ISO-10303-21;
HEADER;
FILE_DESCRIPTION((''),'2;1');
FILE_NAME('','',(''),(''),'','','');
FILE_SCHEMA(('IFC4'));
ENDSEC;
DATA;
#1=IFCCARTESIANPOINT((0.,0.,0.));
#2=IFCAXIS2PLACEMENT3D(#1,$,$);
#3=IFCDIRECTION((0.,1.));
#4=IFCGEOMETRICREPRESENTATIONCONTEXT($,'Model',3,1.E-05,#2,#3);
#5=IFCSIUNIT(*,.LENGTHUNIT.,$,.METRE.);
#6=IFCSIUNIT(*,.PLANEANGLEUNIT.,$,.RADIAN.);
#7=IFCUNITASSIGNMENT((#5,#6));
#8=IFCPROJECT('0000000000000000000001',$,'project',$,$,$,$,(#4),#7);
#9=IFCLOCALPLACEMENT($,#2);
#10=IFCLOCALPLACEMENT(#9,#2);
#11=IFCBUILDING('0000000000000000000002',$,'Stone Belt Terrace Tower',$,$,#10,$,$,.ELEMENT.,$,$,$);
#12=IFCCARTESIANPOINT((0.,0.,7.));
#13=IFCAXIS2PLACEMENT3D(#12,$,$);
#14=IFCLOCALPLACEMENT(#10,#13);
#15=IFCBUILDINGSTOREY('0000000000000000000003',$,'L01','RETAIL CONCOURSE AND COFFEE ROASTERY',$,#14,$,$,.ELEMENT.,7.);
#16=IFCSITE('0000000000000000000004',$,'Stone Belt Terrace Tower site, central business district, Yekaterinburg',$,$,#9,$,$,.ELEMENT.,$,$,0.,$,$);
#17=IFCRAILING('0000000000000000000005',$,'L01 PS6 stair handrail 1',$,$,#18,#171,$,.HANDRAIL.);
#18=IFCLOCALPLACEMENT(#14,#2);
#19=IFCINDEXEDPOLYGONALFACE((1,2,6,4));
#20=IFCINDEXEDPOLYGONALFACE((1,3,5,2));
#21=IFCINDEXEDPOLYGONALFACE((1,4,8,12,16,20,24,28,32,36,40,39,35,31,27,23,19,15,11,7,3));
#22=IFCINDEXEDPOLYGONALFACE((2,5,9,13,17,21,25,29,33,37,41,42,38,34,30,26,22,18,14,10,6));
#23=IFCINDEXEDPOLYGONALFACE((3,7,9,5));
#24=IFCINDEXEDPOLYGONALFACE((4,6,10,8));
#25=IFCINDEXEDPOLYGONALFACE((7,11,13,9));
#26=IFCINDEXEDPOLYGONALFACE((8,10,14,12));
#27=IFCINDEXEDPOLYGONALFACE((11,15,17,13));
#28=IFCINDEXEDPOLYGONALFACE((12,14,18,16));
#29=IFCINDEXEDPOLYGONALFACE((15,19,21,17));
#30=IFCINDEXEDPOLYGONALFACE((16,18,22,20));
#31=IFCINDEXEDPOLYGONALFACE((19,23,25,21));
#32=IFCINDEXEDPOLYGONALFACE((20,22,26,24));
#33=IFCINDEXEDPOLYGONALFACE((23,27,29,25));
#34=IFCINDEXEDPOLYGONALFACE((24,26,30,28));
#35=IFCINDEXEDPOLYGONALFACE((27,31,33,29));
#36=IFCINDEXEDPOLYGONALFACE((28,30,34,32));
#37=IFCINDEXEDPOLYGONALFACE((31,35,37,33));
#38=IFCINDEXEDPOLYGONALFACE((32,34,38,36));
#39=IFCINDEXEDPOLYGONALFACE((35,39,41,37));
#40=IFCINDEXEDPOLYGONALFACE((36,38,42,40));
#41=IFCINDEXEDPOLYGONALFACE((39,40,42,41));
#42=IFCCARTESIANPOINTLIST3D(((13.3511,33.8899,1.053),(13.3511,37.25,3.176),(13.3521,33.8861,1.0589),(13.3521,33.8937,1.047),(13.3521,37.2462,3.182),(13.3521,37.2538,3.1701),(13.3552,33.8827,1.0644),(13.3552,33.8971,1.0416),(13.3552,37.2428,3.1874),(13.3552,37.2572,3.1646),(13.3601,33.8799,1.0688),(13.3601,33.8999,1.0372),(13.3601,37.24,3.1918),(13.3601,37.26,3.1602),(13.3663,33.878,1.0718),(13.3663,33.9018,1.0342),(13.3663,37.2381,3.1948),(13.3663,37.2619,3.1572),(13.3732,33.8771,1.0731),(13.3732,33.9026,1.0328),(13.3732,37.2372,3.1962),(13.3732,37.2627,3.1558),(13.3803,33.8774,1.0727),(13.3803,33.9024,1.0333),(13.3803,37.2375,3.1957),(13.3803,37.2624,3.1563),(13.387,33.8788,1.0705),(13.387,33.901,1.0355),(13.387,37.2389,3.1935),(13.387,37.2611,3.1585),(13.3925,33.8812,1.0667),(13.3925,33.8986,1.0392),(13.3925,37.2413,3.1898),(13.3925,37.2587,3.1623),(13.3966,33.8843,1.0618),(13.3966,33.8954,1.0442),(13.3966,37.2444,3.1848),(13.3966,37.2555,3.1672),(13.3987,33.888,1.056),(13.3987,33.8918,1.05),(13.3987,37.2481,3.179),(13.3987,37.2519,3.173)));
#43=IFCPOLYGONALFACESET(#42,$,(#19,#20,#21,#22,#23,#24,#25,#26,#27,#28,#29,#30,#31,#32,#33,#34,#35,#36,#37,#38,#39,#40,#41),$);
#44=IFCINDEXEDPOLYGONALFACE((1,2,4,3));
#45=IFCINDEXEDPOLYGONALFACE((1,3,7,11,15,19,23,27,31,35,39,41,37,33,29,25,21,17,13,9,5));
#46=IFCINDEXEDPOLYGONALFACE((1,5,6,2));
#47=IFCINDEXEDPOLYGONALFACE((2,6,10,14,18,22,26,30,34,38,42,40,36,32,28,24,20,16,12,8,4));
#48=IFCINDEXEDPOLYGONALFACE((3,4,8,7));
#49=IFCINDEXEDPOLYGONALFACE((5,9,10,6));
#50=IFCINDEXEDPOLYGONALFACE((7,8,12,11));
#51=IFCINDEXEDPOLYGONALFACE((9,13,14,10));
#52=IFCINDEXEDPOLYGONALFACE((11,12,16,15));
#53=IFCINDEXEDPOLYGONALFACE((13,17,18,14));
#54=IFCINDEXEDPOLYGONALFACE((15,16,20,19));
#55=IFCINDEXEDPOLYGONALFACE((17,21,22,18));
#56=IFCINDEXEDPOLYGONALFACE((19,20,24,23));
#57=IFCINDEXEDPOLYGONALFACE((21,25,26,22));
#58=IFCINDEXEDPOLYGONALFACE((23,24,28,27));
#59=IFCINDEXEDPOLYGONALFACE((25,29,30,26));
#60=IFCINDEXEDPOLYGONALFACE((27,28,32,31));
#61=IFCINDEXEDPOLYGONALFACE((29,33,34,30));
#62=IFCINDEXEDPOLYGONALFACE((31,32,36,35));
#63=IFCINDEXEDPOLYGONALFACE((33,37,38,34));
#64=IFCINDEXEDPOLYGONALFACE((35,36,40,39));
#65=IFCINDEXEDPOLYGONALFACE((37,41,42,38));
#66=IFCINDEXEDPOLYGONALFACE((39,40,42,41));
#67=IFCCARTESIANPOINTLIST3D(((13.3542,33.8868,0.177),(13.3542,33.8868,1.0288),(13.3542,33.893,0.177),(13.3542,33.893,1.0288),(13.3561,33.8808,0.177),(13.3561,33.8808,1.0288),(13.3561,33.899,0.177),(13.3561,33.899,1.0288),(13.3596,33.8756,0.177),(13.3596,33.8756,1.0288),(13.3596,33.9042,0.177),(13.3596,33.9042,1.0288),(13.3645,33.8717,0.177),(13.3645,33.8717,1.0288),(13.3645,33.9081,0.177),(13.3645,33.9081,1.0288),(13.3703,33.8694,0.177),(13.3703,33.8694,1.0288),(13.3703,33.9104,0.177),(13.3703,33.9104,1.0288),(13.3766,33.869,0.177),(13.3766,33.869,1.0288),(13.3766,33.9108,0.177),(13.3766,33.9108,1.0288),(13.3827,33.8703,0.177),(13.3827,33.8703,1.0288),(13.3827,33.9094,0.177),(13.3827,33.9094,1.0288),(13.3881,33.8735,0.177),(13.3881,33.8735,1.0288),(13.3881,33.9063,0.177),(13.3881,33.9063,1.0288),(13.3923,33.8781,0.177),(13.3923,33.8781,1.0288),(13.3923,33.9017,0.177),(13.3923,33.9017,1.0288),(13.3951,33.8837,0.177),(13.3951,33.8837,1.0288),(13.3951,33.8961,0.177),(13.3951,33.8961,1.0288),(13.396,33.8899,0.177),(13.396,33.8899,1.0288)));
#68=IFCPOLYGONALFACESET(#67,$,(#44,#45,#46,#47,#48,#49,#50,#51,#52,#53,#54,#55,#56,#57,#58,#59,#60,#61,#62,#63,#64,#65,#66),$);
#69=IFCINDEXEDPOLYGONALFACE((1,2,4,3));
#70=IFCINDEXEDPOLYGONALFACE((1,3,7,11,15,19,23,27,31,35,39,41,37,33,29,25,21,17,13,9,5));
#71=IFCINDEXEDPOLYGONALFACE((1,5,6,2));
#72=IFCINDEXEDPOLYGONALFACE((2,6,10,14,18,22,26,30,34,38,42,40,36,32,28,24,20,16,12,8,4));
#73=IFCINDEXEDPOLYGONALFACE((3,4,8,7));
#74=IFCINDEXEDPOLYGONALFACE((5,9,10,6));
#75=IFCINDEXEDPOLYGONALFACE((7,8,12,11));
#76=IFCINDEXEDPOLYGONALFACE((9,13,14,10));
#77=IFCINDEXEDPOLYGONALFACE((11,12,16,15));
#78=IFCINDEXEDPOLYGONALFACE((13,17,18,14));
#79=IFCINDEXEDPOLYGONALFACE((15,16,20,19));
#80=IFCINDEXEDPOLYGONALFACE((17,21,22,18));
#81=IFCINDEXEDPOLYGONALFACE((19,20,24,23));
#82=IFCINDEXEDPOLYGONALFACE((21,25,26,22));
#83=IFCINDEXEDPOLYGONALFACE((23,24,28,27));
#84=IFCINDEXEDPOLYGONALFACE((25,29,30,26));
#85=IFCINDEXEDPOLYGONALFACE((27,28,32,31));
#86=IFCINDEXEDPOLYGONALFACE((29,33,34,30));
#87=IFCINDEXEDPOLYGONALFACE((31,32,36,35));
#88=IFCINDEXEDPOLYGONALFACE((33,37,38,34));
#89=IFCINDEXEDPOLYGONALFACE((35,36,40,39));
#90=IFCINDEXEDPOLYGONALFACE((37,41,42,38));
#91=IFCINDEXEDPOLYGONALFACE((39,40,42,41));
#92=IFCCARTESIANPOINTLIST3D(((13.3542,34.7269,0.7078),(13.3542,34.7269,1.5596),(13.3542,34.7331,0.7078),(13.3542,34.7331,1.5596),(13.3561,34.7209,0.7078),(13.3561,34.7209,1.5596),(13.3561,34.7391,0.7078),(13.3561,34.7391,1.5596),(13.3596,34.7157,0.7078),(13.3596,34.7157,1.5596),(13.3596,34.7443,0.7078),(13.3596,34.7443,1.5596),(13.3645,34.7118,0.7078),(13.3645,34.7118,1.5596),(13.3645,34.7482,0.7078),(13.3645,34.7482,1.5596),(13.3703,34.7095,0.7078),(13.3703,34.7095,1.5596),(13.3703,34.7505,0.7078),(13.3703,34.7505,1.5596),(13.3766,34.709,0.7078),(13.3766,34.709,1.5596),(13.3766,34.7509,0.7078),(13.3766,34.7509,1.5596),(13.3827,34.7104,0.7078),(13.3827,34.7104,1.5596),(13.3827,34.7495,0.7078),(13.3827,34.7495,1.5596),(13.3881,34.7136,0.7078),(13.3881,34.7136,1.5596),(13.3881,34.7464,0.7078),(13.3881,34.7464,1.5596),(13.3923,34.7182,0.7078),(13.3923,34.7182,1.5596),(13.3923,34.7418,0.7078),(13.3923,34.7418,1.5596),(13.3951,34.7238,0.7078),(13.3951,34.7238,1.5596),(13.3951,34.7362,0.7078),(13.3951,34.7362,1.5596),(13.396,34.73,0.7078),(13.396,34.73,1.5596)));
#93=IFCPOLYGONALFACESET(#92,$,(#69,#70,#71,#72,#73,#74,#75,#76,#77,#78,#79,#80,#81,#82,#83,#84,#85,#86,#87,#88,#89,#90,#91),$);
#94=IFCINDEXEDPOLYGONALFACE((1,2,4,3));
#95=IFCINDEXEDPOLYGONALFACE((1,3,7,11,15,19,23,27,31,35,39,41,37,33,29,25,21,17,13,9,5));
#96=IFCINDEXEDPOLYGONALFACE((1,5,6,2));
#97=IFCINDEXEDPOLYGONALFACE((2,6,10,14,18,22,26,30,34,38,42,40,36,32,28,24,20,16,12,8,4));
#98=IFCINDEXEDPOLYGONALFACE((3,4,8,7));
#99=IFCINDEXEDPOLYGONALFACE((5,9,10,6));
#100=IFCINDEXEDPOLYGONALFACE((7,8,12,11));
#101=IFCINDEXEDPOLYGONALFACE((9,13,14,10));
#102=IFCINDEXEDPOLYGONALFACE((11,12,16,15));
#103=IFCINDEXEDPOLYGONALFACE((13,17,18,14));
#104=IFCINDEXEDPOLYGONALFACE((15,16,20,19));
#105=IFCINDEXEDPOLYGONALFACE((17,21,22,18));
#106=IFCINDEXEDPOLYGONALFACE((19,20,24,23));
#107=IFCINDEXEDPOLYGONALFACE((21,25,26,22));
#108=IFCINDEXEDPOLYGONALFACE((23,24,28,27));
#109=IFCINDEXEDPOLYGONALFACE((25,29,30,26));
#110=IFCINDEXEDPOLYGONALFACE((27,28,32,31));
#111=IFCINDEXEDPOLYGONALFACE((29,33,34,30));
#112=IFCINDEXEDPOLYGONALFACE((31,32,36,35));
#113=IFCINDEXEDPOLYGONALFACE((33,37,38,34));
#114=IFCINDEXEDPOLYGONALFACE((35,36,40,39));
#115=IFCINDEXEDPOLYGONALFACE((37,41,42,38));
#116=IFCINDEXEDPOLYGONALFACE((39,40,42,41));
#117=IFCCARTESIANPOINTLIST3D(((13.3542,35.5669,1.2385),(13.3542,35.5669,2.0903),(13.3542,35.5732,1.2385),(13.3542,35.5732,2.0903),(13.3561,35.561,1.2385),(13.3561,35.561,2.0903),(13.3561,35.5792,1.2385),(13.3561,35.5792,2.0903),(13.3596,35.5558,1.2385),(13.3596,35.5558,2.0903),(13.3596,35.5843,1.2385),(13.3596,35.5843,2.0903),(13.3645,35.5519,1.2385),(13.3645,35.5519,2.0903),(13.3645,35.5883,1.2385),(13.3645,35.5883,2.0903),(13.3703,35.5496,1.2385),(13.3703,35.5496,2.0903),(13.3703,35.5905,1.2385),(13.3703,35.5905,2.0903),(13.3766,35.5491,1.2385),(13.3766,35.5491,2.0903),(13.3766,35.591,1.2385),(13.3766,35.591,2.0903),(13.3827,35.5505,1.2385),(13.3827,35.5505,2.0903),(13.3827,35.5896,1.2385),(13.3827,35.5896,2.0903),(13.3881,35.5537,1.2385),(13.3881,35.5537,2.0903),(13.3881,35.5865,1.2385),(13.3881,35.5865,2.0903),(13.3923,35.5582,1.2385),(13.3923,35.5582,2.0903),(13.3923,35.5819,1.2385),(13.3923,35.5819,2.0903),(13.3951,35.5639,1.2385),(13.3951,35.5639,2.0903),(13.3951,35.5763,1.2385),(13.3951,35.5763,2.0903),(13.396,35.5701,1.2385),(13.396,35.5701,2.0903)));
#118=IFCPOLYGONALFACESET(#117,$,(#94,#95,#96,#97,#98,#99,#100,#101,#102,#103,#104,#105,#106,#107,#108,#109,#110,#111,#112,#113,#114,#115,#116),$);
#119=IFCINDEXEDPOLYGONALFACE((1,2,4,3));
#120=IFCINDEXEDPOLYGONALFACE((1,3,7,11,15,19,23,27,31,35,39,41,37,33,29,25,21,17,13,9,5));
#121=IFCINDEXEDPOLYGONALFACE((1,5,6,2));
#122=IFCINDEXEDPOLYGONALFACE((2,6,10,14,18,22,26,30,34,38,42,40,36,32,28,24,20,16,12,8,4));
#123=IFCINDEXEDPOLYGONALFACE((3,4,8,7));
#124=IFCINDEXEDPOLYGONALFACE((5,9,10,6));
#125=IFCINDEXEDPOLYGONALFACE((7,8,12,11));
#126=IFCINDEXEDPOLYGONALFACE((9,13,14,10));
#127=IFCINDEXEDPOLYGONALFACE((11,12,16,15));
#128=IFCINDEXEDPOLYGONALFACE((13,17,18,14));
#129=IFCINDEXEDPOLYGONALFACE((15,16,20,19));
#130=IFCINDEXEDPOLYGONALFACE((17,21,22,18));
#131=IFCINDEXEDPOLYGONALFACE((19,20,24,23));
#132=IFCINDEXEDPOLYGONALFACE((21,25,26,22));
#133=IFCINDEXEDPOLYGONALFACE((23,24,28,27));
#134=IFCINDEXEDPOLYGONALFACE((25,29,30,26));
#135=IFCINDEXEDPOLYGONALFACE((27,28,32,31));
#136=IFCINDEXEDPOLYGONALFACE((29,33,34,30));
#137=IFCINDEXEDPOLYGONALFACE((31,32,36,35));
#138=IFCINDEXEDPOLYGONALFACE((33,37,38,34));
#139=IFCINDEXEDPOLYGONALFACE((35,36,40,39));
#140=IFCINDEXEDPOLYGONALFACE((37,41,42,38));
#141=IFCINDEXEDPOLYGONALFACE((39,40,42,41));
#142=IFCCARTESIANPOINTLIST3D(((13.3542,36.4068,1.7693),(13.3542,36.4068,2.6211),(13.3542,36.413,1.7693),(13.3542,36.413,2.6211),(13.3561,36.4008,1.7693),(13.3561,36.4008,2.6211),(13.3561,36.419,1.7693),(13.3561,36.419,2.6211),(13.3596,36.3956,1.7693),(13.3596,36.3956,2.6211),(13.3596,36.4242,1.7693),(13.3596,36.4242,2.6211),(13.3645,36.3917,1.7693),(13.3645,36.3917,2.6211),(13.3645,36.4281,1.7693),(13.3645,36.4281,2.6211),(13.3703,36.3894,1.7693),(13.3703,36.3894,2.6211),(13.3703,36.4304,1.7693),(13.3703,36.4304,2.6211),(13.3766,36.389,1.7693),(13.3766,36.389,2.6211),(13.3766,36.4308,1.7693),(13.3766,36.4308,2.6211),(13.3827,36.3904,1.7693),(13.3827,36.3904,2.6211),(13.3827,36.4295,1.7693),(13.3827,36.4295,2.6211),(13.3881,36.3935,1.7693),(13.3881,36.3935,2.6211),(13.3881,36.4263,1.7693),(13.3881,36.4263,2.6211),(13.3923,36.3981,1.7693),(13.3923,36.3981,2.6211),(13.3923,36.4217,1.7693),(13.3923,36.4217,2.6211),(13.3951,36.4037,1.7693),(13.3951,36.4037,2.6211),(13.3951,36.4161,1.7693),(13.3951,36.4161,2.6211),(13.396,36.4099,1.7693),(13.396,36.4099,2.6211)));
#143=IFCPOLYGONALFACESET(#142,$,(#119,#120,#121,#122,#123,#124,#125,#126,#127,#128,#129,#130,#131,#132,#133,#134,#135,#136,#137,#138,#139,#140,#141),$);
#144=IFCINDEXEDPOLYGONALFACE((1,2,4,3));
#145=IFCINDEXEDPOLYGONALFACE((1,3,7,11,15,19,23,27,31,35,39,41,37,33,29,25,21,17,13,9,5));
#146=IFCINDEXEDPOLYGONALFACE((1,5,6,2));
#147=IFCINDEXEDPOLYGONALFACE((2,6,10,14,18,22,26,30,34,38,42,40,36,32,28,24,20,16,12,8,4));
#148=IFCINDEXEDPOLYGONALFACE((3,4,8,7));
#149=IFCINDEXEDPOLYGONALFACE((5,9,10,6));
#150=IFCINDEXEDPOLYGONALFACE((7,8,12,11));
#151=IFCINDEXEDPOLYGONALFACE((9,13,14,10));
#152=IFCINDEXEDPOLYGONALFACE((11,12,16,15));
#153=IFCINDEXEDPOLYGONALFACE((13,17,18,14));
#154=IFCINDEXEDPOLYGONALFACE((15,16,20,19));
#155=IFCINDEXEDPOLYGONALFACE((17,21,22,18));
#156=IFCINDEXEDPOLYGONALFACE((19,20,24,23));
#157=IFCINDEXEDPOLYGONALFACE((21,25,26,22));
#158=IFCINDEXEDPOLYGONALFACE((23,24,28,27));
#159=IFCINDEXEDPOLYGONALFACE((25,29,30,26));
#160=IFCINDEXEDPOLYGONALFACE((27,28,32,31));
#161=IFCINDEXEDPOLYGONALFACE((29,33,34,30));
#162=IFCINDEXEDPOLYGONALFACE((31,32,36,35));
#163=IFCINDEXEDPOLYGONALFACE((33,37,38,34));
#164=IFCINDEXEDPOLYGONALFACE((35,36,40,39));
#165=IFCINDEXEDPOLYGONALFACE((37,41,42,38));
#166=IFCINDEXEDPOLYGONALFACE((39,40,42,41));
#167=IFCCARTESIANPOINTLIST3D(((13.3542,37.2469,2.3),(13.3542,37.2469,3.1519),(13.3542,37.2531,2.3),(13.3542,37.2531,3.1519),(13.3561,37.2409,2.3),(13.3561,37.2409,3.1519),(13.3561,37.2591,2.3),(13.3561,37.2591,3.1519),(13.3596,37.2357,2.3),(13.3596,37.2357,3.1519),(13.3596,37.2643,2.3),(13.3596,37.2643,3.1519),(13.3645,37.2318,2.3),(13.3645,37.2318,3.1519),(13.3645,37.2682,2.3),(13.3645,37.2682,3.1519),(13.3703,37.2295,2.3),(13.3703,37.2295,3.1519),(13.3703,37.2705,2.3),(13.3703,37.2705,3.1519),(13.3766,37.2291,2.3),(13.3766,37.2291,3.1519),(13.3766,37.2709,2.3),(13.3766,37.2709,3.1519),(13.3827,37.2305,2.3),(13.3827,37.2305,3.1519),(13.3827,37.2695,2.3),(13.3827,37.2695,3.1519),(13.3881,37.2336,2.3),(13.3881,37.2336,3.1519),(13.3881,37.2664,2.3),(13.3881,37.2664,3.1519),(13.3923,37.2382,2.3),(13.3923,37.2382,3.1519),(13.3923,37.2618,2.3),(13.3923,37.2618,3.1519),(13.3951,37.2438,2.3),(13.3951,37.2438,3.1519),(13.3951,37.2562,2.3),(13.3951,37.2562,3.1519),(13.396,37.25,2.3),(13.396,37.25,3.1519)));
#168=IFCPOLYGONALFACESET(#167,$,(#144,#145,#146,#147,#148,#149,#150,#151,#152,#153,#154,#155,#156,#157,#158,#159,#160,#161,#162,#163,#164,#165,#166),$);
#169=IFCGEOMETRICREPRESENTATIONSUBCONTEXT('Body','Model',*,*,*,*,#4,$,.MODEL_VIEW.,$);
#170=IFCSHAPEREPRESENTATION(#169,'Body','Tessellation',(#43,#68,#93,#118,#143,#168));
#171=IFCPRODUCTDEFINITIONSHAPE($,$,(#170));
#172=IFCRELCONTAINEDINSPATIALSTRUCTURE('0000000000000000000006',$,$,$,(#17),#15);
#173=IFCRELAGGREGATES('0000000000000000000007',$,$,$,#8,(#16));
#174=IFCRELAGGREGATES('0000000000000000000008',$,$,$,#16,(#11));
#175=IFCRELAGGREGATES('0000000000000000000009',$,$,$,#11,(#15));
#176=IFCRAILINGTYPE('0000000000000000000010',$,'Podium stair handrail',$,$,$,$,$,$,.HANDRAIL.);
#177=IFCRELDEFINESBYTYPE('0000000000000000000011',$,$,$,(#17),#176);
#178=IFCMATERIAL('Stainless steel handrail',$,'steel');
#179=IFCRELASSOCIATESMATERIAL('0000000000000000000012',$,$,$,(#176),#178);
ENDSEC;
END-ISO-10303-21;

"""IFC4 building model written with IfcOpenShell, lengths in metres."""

from ifc_helpers import new_model, si_unit, direction, frame, origin, origin_2d, place, context, subcontext, project, spatial, circle, extrude, material, type_object, element, save


model = new_model("IFC4")

# Units and contexts
model_context = context("Model", 3, precision=1e-05, world=origin(), true_north=direction((0.0, 1.0)))
body_context = subcontext(model_context, "Body", "Model", "MODEL_VIEW")
ifc_project = project(units=[si_unit("LENGTHUNIT", "METRE"), si_unit("PLANEANGLEUNIT", "RADIAN")], contexts=[model_context])

# Site, building, storey
site_placement = place(None, origin())
site = spatial("IfcSite", under=ifc_project, at=site_placement, Name="Stone Belt Terrace Tower site, central business district, Yekaterinburg", CompositionType="ELEMENT", RefElevation=0.0)
building_placement = place(site_placement, origin())
building = spatial("IfcBuilding", under=site, at=building_placement, Name="Stone Belt Terrace Tower", CompositionType="ELEMENT")
storey_placement = place(building_placement, frame((0.0, 0.0, 7.0)))
storey = spatial("IfcBuildingStorey", under=building, at=storey_placement, Name="L01", Description="RETAIL CONCOURSE AND COFFEE ROASTERY", CompositionType="ELEMENT", Elevation=7.0)

# Railing
ifc_material_1 = material(Name="Stainless steel handrail", Category="steel")
railing_type_1 = type_object("IfcRailingType", Name="Podium stair handrail", PredefinedType="HANDRAIL", material=ifc_material_1)
railing_1_placement = place(storey_placement, frame((13.375, 33.8899, 0.177)))
element("IfcRailing", 1, at=railing_1_placement, inside=storey, type_object=railing_type_1, Name="L01 PS6 stair handrail 1", PredefinedType="HANDRAIL", context=body_context, shape_type="SweptSolid", body=[
    extrude(circle(Radius=0.0239, at=origin_2d()), frame((0.0, 0.0, 0.876), z_axis=(0.0, 0.84539, 0.53415), x_axis=(-1.0, 0.0, 0.0)), (0.0, 0.0, 1.0), 3.9746),
    extrude(circle(Radius=0.021, at=origin_2d()), origin(), (0.0, 0.0, 1.0), 0.8518),
    extrude(circle(Radius=0.021, at=origin_2d()), frame((0.0, 0.8401, 0.5308)), (0.0, 0.0, 1.0), 0.8518),
    extrude(circle(Radius=0.021, at=origin_2d()), frame((0.0, 1.6802, 1.0615)), (0.0, 0.0, 1.0), 0.8518),
    extrude(circle(Radius=0.021, at=origin_2d()), frame((0.0, 2.52, 1.5923)), (0.0, 0.0, 1.0), 0.8518),
    extrude(circle(Radius=0.021, at=origin_2d()), frame((0.0, 3.3601, 2.123)), (0.0, 0.0, 1.0), 0.8518),
])

save(model, "model.ifc")
